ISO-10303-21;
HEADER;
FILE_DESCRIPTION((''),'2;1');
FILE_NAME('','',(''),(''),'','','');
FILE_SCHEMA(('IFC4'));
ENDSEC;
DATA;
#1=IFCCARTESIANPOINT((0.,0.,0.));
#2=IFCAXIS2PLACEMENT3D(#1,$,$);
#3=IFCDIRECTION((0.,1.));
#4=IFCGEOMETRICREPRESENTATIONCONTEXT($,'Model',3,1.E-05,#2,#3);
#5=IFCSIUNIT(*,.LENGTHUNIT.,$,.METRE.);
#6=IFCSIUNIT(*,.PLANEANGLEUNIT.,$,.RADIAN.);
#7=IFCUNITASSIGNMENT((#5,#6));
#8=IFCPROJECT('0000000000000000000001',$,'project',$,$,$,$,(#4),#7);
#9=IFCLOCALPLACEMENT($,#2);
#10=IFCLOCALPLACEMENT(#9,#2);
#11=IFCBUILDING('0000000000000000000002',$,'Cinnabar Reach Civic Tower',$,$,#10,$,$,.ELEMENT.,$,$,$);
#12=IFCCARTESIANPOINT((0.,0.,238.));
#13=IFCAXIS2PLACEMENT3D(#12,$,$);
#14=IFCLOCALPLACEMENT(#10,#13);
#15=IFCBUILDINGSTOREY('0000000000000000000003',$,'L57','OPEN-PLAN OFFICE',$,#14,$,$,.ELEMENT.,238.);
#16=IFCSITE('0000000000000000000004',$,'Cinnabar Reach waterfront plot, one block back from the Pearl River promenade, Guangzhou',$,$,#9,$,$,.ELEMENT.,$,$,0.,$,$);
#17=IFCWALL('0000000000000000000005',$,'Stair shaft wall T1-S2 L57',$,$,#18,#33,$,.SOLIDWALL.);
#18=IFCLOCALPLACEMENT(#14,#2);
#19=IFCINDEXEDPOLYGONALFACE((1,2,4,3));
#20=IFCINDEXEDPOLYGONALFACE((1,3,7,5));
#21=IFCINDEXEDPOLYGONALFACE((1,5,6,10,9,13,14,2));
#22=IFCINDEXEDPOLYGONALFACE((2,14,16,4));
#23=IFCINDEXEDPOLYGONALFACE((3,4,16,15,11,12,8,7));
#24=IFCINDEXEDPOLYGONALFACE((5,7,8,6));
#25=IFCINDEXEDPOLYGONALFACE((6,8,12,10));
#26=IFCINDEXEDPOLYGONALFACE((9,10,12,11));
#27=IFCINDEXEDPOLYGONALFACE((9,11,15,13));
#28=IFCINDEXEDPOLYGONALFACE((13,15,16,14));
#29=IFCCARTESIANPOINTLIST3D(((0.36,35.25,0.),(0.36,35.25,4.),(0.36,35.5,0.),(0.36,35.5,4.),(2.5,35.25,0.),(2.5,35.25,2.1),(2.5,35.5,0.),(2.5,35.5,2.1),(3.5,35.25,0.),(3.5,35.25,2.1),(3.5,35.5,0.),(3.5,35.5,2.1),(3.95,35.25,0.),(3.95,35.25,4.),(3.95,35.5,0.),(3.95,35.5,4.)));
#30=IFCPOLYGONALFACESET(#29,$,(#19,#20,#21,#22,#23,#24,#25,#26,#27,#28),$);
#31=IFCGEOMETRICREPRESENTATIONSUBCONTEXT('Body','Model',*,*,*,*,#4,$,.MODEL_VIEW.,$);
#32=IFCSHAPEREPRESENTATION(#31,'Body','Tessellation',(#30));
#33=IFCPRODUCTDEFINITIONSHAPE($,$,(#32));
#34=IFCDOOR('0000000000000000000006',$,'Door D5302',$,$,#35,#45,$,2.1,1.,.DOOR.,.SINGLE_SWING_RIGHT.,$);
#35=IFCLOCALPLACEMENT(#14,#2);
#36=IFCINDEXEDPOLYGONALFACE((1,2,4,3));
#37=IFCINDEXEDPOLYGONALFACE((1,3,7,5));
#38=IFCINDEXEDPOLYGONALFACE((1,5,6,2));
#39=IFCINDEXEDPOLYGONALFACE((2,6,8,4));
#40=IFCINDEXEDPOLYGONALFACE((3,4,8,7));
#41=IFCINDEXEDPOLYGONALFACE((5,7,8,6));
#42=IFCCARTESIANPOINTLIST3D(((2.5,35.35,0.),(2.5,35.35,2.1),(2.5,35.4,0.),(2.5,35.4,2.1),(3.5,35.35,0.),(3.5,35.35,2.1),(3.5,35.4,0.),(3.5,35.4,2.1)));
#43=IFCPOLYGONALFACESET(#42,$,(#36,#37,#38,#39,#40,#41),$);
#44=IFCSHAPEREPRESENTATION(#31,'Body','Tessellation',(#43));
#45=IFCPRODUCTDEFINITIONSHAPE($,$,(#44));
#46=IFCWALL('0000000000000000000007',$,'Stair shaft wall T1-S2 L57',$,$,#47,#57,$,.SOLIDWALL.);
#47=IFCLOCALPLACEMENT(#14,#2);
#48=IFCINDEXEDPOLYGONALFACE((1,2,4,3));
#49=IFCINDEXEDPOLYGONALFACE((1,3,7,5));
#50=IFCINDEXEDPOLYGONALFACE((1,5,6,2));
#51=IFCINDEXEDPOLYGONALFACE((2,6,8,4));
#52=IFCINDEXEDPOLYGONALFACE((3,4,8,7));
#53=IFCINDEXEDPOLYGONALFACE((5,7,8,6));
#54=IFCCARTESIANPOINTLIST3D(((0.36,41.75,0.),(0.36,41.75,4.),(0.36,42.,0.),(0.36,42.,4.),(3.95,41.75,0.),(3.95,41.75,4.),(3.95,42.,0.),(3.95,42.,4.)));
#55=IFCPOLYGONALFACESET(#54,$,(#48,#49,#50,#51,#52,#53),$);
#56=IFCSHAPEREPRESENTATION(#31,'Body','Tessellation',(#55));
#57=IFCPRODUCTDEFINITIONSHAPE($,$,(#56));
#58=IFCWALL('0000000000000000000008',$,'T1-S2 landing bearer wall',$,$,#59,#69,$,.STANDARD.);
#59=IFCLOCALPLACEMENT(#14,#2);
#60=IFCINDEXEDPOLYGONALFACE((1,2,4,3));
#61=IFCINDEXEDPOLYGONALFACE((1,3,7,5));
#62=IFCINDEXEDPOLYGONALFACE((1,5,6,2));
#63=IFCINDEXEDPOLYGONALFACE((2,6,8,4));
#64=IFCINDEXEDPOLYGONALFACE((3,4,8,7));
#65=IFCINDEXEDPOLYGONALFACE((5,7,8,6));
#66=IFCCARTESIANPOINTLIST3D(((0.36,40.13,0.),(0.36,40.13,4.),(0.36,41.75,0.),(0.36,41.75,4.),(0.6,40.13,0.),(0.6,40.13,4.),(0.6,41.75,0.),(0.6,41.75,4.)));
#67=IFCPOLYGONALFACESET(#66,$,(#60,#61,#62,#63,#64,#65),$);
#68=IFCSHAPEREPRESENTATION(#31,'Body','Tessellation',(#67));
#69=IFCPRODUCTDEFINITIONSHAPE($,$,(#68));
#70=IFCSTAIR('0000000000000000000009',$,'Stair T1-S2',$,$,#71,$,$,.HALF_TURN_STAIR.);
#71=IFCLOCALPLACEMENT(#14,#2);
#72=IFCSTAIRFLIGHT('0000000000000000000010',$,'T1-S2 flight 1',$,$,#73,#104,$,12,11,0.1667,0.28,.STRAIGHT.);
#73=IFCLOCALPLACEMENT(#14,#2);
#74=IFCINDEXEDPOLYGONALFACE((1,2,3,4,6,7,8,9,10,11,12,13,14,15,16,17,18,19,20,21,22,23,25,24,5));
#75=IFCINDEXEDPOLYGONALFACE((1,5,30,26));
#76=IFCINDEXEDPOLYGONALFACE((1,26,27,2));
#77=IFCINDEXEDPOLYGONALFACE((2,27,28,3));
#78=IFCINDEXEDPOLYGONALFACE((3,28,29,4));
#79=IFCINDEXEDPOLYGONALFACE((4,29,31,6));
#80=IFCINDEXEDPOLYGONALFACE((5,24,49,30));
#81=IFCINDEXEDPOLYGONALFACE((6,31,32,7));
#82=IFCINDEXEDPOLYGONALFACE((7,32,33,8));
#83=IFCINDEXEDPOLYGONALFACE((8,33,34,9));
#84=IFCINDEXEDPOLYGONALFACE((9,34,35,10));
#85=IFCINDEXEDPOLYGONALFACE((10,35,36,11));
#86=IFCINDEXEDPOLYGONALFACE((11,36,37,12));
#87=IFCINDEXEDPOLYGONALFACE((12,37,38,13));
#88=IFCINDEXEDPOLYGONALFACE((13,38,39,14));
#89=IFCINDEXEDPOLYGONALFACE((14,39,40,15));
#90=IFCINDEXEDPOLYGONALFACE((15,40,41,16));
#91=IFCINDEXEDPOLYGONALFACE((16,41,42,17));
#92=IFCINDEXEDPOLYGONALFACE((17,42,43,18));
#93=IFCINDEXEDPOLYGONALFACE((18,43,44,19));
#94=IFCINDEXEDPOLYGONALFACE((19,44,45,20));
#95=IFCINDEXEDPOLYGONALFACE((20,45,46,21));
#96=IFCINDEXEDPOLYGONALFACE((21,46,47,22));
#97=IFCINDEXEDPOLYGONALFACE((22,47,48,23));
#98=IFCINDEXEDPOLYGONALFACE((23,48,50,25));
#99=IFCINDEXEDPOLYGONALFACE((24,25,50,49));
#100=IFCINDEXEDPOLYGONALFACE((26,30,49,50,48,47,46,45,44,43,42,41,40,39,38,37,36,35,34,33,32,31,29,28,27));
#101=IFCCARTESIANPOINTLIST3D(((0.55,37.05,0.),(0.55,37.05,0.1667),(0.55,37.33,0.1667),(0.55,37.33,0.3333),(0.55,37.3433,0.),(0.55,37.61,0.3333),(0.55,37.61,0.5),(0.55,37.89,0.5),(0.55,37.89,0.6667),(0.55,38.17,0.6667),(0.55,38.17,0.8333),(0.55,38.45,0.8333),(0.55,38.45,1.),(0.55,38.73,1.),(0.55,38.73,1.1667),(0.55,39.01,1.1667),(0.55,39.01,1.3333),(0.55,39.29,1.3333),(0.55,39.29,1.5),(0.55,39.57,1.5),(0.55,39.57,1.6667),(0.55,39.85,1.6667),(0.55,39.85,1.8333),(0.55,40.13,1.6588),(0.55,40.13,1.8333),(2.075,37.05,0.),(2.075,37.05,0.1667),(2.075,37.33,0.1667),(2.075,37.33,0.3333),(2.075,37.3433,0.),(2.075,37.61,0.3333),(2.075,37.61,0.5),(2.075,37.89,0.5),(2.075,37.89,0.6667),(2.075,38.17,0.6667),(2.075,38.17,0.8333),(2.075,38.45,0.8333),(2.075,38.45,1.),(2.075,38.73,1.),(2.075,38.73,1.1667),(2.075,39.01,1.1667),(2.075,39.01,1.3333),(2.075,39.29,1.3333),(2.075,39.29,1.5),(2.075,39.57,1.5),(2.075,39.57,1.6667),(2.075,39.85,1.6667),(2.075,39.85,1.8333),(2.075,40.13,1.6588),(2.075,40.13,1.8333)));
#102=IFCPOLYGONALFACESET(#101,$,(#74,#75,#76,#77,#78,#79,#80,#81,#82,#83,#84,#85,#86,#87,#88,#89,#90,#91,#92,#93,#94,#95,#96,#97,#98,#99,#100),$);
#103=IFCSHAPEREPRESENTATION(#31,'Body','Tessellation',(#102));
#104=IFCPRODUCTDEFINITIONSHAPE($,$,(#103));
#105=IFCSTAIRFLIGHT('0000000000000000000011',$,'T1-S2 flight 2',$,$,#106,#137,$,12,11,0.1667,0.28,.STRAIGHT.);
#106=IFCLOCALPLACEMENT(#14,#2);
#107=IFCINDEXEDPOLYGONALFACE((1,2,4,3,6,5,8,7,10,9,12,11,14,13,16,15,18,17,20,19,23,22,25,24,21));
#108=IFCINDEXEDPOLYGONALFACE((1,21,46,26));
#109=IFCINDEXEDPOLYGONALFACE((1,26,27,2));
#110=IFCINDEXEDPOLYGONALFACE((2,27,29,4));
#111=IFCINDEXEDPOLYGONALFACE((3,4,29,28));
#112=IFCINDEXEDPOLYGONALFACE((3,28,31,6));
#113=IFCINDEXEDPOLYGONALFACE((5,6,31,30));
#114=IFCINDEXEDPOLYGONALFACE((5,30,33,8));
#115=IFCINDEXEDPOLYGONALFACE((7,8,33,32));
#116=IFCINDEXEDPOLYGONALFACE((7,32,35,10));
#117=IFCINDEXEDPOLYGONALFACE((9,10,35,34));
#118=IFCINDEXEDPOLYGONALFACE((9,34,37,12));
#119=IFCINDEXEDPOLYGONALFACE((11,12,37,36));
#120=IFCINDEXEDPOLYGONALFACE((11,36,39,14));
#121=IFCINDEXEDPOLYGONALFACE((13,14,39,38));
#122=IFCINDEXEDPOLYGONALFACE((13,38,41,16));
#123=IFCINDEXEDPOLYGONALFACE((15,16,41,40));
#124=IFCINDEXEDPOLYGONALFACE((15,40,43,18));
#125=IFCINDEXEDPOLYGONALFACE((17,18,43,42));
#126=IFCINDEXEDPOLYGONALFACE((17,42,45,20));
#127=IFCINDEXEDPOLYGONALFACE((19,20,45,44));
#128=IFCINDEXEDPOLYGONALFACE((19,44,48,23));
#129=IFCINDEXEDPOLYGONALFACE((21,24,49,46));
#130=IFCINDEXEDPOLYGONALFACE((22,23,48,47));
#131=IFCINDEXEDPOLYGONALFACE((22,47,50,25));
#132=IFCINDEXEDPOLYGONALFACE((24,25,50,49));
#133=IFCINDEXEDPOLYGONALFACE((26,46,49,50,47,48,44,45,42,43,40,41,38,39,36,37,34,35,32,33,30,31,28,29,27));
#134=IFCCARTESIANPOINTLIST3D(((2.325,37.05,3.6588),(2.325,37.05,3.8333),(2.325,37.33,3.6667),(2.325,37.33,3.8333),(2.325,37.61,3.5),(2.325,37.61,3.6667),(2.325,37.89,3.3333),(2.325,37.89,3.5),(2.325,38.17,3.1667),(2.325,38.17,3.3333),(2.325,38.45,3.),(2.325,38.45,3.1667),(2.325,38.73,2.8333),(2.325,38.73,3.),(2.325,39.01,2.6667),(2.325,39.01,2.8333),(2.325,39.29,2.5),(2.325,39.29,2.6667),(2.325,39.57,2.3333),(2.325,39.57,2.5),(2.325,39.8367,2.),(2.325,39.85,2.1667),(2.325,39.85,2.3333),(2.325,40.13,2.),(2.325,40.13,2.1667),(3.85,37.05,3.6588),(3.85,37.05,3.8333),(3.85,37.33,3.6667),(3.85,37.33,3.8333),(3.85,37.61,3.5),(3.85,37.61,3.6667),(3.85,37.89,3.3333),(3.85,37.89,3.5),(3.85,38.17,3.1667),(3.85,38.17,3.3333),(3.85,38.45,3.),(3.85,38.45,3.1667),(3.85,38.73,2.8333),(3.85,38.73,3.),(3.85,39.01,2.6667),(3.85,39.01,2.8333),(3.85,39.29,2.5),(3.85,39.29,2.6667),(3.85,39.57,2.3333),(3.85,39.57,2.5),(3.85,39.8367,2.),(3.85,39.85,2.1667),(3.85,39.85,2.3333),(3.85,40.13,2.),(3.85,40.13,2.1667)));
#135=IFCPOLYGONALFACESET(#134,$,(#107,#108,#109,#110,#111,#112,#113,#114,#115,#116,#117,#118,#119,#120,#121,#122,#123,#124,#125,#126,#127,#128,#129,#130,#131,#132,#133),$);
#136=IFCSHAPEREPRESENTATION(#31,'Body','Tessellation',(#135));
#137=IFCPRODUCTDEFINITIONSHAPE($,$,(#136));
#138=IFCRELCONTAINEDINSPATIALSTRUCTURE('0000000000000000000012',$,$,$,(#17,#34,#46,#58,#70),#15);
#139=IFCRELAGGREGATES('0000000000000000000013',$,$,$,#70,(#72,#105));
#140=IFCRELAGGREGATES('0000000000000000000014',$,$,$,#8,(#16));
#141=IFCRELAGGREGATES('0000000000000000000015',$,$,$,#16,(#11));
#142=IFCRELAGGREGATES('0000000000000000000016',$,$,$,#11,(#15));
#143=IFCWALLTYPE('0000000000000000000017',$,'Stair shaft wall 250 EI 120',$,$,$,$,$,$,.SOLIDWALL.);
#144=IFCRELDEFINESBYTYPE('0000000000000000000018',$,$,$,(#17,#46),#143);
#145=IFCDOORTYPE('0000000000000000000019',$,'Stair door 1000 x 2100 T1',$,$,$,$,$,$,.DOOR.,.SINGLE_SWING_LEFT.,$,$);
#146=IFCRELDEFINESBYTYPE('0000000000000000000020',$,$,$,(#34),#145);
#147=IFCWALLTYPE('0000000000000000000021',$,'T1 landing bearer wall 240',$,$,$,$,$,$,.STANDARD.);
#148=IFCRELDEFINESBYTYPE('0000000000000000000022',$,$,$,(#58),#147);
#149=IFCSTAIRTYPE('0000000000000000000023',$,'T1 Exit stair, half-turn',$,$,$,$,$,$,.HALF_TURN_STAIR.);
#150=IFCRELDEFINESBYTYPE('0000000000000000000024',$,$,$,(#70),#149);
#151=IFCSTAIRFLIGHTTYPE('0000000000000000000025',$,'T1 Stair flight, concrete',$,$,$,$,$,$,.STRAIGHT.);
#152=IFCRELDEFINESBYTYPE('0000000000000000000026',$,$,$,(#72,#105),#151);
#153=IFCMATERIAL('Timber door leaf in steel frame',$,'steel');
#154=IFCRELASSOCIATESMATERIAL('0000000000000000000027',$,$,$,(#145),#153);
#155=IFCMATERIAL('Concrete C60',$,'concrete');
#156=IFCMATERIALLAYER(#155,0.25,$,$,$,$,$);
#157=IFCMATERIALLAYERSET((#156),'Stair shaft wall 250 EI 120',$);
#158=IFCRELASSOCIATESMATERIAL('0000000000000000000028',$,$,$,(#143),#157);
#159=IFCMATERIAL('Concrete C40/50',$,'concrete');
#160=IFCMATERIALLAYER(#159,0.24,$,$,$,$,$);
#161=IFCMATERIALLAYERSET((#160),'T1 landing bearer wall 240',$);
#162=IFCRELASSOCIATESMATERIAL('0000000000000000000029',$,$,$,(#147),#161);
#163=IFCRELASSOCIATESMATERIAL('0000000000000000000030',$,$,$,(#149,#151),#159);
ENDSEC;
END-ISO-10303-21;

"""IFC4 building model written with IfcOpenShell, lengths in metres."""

from ifc_helpers import new_model, si_unit, direction, frame, frame_2d, origin, place, context, subcontext, project, spatial, polyline, rectangle, outline, extrude, material, layer, layer_set, type_object, element, fill, aggregate, save


model = new_model("IFC4")

# Units and contexts
model_context = context("Model", 3, precision=1e-05, world=origin(), true_north=direction((0.0, 1.0)))
body_context = subcontext(model_context, "Body", "Model", "MODEL_VIEW")
ifc_project = project(units=[si_unit("LENGTHUNIT", "METRE"), si_unit("PLANEANGLEUNIT", "RADIAN")], contexts=[model_context])

# Site, building, storey
site_placement = place(None, origin())
site = spatial("IfcSite", under=ifc_project, at=site_placement, Name="Cinnabar Reach waterfront plot, one block back from the Pearl River promenade, Guangzhou", CompositionType="ELEMENT", RefElevation=0.0)
building_placement = place(site_placement, origin())
building = spatial("IfcBuilding", under=site, at=building_placement, Name="Cinnabar Reach Civic Tower", CompositionType="ELEMENT")
storey_placement = place(building_placement, frame((0.0, 0.0, 238.0)))
storey = spatial("IfcBuildingStorey", under=building, at=storey_placement, Name="L57", Description="OPEN-PLAN OFFICE", CompositionType="ELEMENT", Elevation=238.0)

# Shared definitions
ifc_material_1 = material(Name="Concrete C60", Category="concrete")
ifc_material_2 = material(Name="Timber door leaf in steel frame", Category="steel")
door_type_1 = type_object("IfcDoorType", Name="Stair door 1000 x 2100 T1", OperationType="SINGLE_SWING_LEFT", PredefinedType="DOOR", material=ifc_material_2)

# Wall, opening, door
ifc_layer_1 = layer(ifc_material_1, 0.25)
ifc_layer_set_1 = layer_set([ifc_layer_1], Name="Stair shaft wall 250 EI 120")
wall_type_1 = type_object("IfcWallType", Name="Stair shaft wall 250 EI 120", PredefinedType="SOLIDWALL", material=ifc_layer_set_1)
wall_1_placement = place(storey_placement, frame((0.36, 35.375, 0.0), z_axis=(0.0, 0.0, 1.0), x_axis=(1.0, 0.0, 0.0)))
wall_1 = element("IfcWall", 1, at=wall_1_placement, inside=storey, type_object=wall_type_1, Name="Stair shaft wall T1-S2 L57", PredefinedType="SOLIDWALL", context=body_context, shape_type="SweptSolid", body=[
    extrude(rectangle(XDim=3.59, YDim=0.25, at=frame_2d((1.795, 0.0))), origin(), (0.0, 0.0, 1.0), 4.0),
])
opening_1_placement = place(wall_1_placement, frame((2.14, 0.0, 0.0)))
opening_1 = element("IfcOpeningElement", 2, at=opening_1_placement, cuts=wall_1, PredefinedType="OPENING", context=body_context, shape_type="SweptSolid", body=[
    extrude(rectangle(XDim=1.0, YDim=2.1, at=frame_2d((0.5, 1.05))), frame((0.0, 0.135, 0.0), z_axis=(0.0, -1.0, 0.0), x_axis=(1.0, 0.0, 0.0)), (0.0, 0.0, 1.0), 0.27),
])
door_1_placement = place(opening_1_placement, origin())
door_1 = element("IfcDoor", 3, at=door_1_placement, inside=storey, type_object=door_type_1, Name="Door D5302", OperationType="SINGLE_SWING_RIGHT", OverallHeight=2.1, OverallWidth=1.0, PredefinedType="DOOR", context=body_context, shape_type="SweptSolid", body=[
    extrude(rectangle(XDim=1.0, YDim=2.1, at=frame_2d((0.5, 1.05))), frame((0.0, 0.025, 0.0), z_axis=(0.0, -1.0, 0.0), x_axis=(1.0, 0.0, 0.0)), (0.0, 0.0, 1.0), 0.05),
])
fill(opening_1, door_1)

# Walls
wall_2_placement = place(storey_placement, frame((3.95, 41.875, 0.0), z_axis=(0.0, 0.0, 1.0), x_axis=(-1.0, 0.0, 0.0)))
element("IfcWall", 4, at=wall_2_placement, inside=storey, type_object=wall_type_1, Name="Stair shaft wall T1-S2 L57", PredefinedType="SOLIDWALL", context=body_context, shape_type="SweptSolid", body=[
    extrude(rectangle(XDim=3.59, YDim=0.25, at=frame_2d((1.795, 0.0))), origin(), (0.0, 0.0, 1.0), 4.0),
])
ifc_material_3 = material(Name="Concrete C40/50", Category="concrete")
ifc_layer_2 = layer(ifc_material_3, 0.24)
ifc_layer_set_2 = layer_set([ifc_layer_2], Name="T1 landing bearer wall 240")
wall_type_2 = type_object("IfcWallType", Name="T1 landing bearer wall 240", PredefinedType="STANDARD", material=ifc_layer_set_2)
wall_3_placement = place(storey_placement, frame((0.48, 40.13, 0.0), z_axis=(0.0, 0.0, 1.0), x_axis=(0.0, 1.0, 0.0)))
element("IfcWall", 5, at=wall_3_placement, inside=storey, type_object=wall_type_2, Name="T1-S2 landing bearer wall", PredefinedType="STANDARD", context=body_context, shape_type="SweptSolid", body=[
    extrude(rectangle(XDim=1.62, YDim=0.24, at=frame_2d((0.81, 0.0))), origin(), (0.0, 0.0, 1.0), 4.0),
])

# Stair, stair flights
stair_type = type_object("IfcStairType", Name="T1 Exit stair, half-turn", PredefinedType="HALF_TURN_STAIR", material=ifc_material_3)
stair_placement = place(storey_placement, origin())
stair = element("IfcStair", 6, at=stair_placement, inside=storey, type_object=stair_type, Name="Stair T1-S2", PredefinedType="HALF_TURN_STAIR")
stair_flight_type = type_object("IfcStairFlightType", Name="T1 Stair flight, concrete", PredefinedType="STRAIGHT", material=ifc_material_3)
stair_flight_1_placement = place(storey_placement, frame((1.3125, 37.05, 0.0), z_axis=(0.0, 0.0, 1.0), x_axis=(0.0, 1.0, 0.0)))
stair_flight_1 = element("IfcStairFlight", 7, at=stair_flight_1_placement, type_object=stair_flight_type, Name="T1-S2 flight 1", NumberOfRisers=12, NumberOfTreads=11, PredefinedType="STRAIGHT", RiserHeight=0.1667, TreadLength=0.28, context=body_context, shape_type="SweptSolid", body=[
    extrude(outline(polyline([(0.0, 0.0), (0.0, 0.1667), (0.28, 0.1667), (0.28, 0.3333), (0.56, 0.3333), (0.56, 0.5), (0.84, 0.5), (0.84, 0.6667), (1.12, 0.6667), (1.12, 0.8333), (1.4, 0.8333), (1.4, 1.0), (1.68, 1.0), (1.68, 1.1667), (1.96, 1.1667), (1.96, 1.3333), (2.24, 1.3333), (2.24, 1.5), (2.52, 1.5), (2.52, 1.6667), (2.8, 1.6667), (2.8, 1.8333), (3.08, 1.8333), (3.08, 2.0), (3.08, 1.6588), (0.2933, 0.0), (0.0, 0.0)])), frame((0.0, 0.7625, 0.0), z_axis=(0.0, -1.0, 0.0), x_axis=(1.0, 0.0, 0.0)), (0.0, 0.0, 1.0), 1.525),
])
stair_flight_2_placement = place(storey_placement, frame((3.0875, 40.13, 2.0), z_axis=(0.0, 0.0, 1.0), x_axis=(0.0, -1.0, 0.0)))
stair_flight_2 = element("IfcStairFlight", 8, at=stair_flight_2_placement, type_object=stair_flight_type, Name="T1-S2 flight 2", NumberOfRisers=12, NumberOfTreads=11, PredefinedType="STRAIGHT", RiserHeight=0.1667, TreadLength=0.28, context=body_context, shape_type="SweptSolid", body=[
    extrude(outline(polyline([(0.0, 0.0), (0.0, 0.1667), (0.28, 0.1667), (0.28, 0.3333), (0.56, 0.3333), (0.56, 0.5), (0.84, 0.5), (0.84, 0.6667), (1.12, 0.6667), (1.12, 0.8333), (1.4, 0.8333), (1.4, 1.0), (1.68, 1.0), (1.68, 1.1667), (1.96, 1.1667), (1.96, 1.3333), (2.24, 1.3333), (2.24, 1.5), (2.52, 1.5), (2.52, 1.6667), (2.8, 1.6667), (2.8, 1.8333), (3.08, 1.8333), (3.08, 2.0), (3.08, 1.6588), (0.2933, 0.0), (0.0, 0.0)])), frame((0.0, 0.7625, 0.0), z_axis=(0.0, -1.0, 0.0), x_axis=(1.0, 0.0, 0.0)), (0.0, 0.0, 1.0), 1.525),
])
aggregate(stair, [stair_flight_1, stair_flight_2])

save(model, "model.ifc")
